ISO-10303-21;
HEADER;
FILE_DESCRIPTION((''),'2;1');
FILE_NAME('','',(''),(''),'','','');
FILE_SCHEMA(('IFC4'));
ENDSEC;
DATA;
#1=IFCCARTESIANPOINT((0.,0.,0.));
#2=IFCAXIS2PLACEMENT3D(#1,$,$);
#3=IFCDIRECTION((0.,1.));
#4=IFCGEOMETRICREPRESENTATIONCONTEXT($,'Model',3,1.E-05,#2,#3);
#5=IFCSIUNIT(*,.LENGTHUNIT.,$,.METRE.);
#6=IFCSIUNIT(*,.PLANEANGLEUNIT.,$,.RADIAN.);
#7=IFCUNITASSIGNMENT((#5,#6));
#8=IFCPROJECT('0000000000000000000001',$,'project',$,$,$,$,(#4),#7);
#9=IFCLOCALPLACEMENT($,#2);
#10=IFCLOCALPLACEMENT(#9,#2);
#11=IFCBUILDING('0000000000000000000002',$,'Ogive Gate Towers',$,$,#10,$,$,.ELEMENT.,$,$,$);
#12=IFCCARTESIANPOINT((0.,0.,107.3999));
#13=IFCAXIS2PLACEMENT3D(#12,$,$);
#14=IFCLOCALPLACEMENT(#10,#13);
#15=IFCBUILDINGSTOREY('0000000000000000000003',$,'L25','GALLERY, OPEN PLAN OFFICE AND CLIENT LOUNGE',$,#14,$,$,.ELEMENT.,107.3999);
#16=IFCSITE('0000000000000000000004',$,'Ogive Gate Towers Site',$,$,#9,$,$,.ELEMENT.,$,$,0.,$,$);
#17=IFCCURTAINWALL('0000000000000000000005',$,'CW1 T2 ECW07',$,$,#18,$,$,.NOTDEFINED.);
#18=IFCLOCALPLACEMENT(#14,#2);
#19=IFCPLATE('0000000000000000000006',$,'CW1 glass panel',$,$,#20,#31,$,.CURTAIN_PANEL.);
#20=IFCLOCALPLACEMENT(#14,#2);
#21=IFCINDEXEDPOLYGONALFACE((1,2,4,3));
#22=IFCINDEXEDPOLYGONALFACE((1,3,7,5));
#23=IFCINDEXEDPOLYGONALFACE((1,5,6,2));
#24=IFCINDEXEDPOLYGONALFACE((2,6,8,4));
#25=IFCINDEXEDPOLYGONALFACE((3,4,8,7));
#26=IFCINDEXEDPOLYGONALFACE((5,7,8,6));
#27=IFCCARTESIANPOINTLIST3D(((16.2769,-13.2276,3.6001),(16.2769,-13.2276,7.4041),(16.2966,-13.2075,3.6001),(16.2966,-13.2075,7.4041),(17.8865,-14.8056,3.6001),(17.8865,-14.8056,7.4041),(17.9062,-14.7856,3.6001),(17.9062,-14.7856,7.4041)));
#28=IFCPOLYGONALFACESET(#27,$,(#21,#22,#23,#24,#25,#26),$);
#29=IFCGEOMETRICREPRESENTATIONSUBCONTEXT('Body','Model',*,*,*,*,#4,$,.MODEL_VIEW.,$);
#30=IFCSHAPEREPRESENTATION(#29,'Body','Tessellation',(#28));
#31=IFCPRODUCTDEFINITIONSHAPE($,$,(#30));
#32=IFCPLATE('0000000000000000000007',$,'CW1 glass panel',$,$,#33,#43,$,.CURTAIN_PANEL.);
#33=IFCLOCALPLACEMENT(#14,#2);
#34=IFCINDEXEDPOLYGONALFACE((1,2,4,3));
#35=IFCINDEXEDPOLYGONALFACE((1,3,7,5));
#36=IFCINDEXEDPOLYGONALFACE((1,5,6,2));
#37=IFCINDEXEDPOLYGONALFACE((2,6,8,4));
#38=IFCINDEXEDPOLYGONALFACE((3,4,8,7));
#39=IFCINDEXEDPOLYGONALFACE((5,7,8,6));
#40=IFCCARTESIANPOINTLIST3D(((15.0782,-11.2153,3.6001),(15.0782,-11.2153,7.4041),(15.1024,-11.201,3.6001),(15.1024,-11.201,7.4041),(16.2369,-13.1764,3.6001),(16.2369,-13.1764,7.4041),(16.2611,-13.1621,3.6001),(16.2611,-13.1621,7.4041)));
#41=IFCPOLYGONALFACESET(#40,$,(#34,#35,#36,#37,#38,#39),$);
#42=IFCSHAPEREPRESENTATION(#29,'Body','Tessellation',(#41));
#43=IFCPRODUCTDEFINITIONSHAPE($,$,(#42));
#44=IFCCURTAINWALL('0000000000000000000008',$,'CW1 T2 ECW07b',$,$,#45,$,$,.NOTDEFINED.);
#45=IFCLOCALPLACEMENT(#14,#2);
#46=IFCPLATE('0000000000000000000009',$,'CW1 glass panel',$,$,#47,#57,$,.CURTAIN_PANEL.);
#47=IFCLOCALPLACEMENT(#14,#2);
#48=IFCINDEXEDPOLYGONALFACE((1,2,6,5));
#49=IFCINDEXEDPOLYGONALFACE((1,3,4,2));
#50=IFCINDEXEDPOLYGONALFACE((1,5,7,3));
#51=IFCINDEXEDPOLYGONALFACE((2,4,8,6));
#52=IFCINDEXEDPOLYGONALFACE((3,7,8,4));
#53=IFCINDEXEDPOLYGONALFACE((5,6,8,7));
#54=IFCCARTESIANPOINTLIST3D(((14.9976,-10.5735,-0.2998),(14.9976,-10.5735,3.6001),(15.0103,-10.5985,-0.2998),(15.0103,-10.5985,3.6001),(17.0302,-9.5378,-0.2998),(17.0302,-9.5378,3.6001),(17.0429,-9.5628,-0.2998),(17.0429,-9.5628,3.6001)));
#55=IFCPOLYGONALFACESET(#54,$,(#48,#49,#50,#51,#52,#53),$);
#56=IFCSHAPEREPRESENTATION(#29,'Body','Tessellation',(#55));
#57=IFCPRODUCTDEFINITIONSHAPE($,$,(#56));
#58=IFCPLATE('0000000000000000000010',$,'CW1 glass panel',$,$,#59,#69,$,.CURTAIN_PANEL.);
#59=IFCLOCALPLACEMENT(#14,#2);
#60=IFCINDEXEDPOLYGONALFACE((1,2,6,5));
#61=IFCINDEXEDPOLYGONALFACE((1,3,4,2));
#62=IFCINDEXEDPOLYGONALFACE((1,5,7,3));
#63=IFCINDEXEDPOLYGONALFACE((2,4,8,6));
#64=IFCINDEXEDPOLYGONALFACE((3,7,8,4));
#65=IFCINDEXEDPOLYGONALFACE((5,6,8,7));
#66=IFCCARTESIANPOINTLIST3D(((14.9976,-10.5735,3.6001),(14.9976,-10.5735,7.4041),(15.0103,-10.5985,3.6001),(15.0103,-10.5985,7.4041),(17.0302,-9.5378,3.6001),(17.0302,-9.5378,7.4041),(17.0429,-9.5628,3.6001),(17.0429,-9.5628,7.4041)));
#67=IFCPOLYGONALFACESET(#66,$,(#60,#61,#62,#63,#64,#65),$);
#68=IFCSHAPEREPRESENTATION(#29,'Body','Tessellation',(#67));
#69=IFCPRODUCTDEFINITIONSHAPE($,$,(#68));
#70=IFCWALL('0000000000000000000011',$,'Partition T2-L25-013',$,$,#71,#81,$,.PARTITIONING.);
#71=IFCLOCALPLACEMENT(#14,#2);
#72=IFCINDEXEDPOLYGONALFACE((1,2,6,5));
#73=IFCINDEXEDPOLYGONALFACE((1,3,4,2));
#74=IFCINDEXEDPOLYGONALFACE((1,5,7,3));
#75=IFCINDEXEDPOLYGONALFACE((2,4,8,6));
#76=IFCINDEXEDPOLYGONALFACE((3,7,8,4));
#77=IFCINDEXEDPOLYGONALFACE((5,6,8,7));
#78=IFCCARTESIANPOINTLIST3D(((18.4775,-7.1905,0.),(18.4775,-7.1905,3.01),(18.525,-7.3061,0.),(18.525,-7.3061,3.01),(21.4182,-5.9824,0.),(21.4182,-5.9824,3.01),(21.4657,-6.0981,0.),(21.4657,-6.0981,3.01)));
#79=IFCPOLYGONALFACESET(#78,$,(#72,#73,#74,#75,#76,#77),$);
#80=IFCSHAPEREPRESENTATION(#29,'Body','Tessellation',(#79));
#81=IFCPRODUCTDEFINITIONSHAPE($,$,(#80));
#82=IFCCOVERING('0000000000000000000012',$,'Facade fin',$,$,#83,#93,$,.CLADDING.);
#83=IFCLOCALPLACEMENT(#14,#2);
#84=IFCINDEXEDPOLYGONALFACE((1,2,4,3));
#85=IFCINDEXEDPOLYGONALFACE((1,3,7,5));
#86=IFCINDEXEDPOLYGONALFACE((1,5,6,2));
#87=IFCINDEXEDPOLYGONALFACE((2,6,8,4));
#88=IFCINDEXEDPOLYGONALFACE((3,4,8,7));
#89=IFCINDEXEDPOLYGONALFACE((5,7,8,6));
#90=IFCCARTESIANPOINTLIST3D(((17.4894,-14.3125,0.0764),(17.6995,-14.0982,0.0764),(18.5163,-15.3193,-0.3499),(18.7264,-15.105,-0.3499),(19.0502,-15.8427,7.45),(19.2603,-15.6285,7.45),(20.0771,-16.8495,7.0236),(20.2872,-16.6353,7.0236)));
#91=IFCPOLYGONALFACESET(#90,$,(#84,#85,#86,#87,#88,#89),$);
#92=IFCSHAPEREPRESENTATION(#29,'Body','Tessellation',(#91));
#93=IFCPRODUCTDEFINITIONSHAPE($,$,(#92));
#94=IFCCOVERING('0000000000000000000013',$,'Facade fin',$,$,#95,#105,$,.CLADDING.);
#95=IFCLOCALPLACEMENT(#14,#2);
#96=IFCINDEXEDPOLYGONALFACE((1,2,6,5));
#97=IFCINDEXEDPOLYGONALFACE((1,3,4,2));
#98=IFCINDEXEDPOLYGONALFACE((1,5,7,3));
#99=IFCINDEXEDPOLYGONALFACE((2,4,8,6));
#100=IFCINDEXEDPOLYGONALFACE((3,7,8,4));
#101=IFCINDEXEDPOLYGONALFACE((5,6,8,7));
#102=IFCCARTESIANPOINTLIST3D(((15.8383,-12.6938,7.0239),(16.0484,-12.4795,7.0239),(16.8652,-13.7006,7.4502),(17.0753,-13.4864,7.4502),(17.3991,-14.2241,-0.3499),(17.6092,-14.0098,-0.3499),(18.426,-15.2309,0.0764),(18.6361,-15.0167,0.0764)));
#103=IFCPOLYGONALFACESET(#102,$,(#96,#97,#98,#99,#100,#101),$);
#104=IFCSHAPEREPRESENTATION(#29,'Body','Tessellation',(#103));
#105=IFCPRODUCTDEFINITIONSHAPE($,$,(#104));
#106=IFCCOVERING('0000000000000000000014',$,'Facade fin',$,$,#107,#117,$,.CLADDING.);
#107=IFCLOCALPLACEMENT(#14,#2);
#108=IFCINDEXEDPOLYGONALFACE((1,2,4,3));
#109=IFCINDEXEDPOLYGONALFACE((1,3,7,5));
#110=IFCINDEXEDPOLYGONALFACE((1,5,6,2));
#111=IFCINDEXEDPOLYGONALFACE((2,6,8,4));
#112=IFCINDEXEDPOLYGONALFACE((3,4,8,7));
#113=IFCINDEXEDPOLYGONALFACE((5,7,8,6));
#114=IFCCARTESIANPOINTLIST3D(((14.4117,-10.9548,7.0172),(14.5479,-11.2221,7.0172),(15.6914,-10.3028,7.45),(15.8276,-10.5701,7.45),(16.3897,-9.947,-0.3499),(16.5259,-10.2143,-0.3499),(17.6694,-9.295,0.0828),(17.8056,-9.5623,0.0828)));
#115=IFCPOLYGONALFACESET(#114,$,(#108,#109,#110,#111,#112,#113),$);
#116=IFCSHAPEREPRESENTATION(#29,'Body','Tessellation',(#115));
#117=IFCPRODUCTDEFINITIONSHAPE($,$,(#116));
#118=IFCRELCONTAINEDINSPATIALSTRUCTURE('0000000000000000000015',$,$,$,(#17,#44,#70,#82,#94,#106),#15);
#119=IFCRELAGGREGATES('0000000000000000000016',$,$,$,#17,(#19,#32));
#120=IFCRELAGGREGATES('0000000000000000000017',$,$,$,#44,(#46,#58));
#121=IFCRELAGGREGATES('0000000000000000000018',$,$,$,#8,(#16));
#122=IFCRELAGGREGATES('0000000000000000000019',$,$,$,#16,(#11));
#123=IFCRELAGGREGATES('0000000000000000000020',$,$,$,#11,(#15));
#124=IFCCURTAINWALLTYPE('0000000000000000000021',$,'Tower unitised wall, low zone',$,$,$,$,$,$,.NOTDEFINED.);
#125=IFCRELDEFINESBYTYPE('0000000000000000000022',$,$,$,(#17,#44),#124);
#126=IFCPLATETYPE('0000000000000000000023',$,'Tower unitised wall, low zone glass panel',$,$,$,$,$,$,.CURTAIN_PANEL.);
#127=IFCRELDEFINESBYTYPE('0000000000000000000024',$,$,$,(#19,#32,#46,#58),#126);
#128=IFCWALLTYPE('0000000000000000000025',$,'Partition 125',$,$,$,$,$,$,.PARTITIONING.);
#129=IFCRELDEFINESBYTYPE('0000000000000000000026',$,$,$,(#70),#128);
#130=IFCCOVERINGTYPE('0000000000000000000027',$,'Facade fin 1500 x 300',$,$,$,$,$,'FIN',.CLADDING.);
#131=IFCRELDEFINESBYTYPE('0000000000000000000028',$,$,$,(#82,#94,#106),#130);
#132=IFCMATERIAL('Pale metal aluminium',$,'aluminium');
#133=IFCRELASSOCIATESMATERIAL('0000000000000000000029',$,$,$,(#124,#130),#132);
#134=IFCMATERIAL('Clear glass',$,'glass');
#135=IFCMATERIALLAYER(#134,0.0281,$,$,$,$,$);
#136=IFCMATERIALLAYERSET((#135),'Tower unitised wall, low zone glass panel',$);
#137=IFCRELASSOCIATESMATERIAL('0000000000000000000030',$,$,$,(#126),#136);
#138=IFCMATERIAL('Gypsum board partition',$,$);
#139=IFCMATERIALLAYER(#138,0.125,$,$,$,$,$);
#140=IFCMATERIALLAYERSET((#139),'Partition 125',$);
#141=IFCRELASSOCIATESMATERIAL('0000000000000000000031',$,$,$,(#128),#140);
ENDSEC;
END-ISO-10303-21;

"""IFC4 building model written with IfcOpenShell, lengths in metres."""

from ifc_helpers import new_model, si_unit, direction, frame, frame_2d, origin, origin_2d, place, context, subcontext, project, spatial, rectangle, extrude, material, layer, layer_set, material_profile, profile_set, type_object, element, aggregate, save


model = new_model("IFC4")

# Units and contexts
model_context = context("Model", 3, precision=1e-05, world=origin(), true_north=direction((0.0, 1.0)))
body_context = subcontext(model_context, "Body", "Model", "MODEL_VIEW")
ifc_project = project(units=[si_unit("LENGTHUNIT", "METRE"), si_unit("PLANEANGLEUNIT", "RADIAN")], contexts=[model_context])

# Site, building, storey
site_placement = place(None, origin())
site = spatial("IfcSite", under=ifc_project, at=site_placement, Name="Ogive Gate Towers Site", CompositionType="ELEMENT", RefElevation=0.0)
building_placement = place(site_placement, origin())
building = spatial("IfcBuilding", under=site, at=building_placement, Name="Ogive Gate Towers", CompositionType="ELEMENT")
storey_placement = place(building_placement, frame((0.0, 0.0, 107.3999)))
storey = spatial("IfcBuildingStorey", under=building, at=storey_placement, Name="L25", Description="GALLERY, OPEN PLAN OFFICE AND CLIENT LOUNGE", CompositionType="ELEMENT", Elevation=107.3999)

# Curtain wall
ifc_material_1 = material(Name="Pale metal aluminium", Category="aluminium")
curtain_wall_type_1 = type_object("IfcCurtainWallType", Name="Tower unitised wall, low zone", PredefinedType="NOTDEFINED", material=ifc_material_1)
curtain_wall_1_placement = place(storey_placement, origin())
curtain_wall_1 = element("IfcCurtainWall", 1, at=curtain_wall_1_placement, inside=storey, type_object=curtain_wall_type_1, Name="CW1 T2 ECW07", PredefinedType="NOTDEFINED")

# Plates
ifc_material_2 = material(Name="Clear glass", Category="glass")
ifc_layer_1 = layer(ifc_material_2, 0.0281)
ifc_layer_set_1 = layer_set([ifc_layer_1], Name="Tower unitised wall, low zone glass panel")
plate_type_1 = type_object("IfcPlateType", Name="Tower unitised wall, low zone glass panel", PredefinedType="CURTAIN_PANEL", material=ifc_layer_set_1)
plate_1_placement = place(storey_placement, frame((17.0916, -14.0066, 3.6001), z_axis=(0.0, 0.0, 1.0), x_axis=(-0.714082, 0.700062, 0.0)))
plate_1 = element("IfcPlate", 2, at=plate_1_placement, type_object=plate_type_1, Name="CW1 glass panel", PredefinedType="CURTAIN_PANEL", context=body_context, shape_type="SweptSolid", body=[
    extrude(rectangle(XDim=2.2542, YDim=0.0281, at=origin_2d()), origin(), (0.0, 0.0, 1.0), 3.804),
])
plate_2_placement = place(storey_placement, frame((15.6697, -12.1887, 3.6001), z_axis=(0.0, 0.0, 1.0), x_axis=(-0.508681, 0.860955, 0.0)))
plate_2 = element("IfcPlate", 3, at=plate_2_placement, type_object=plate_type_1, Name="CW1 glass panel", PredefinedType="CURTAIN_PANEL", context=body_context, shape_type="SweptSolid", body=[
    extrude(rectangle(XDim=2.2778, YDim=0.0281, at=origin_2d()), origin(), (0.0, 0.0, 1.0), 3.804),
])
aggregate(curtain_wall_1, [plate_1, plate_2])

# Curtain wall, plates
curtain_wall_2_placement = place(storey_placement, origin())
curtain_wall_2 = element("IfcCurtainWall", 4, at=curtain_wall_2_placement, inside=storey, type_object=curtain_wall_type_1, Name="CW1 T2 ECW07b", PredefinedType="NOTDEFINED")
plate_3_placement = place(storey_placement, frame((16.0203, -10.0681, -0.2998), z_axis=(0.0, 0.0, 1.0), x_axis=(0.890999, 0.454006, 0.0)))
plate_3 = element("IfcPlate", 5, at=plate_3_placement, type_object=plate_type_1, Name="CW1 glass panel", PredefinedType="CURTAIN_PANEL", context=body_context, shape_type="SweptSolid", body=[
    extrude(rectangle(XDim=2.2812, YDim=0.0281, at=origin_2d()), origin(), (0.0, 0.0, 1.0), 3.8999),
])
plate_4_placement = place(storey_placement, frame((16.0203, -10.0681, 3.6001), z_axis=(0.0, 0.0, 1.0), x_axis=(0.890999, 0.454006, 0.0)))
plate_4 = element("IfcPlate", 6, at=plate_4_placement, type_object=plate_type_1, Name="CW1 glass panel", PredefinedType="CURTAIN_PANEL", context=body_context, shape_type="SweptSolid", body=[
    extrude(rectangle(XDim=2.2812, YDim=0.0281, at=origin_2d()), origin(), (0.0, 0.0, 1.0), 3.804),
])
aggregate(curtain_wall_2, [plate_3, plate_4])

# Wall
ifc_material_3 = material(Name="Gypsum board partition")
ifc_layer_2 = layer(ifc_material_3, 0.125)
ifc_layer_set_2 = layer_set([ifc_layer_2], Name="Partition 125")
wall_type = type_object("IfcWallType", Name="Partition 125", PredefinedType="PARTITIONING", material=ifc_layer_set_2)
wall_placement = place(storey_placement, frame((18.5012, -7.2483, 0.0), z_axis=(0.0, 0.0, 1.0), x_axis=(0.924994, 0.379981, 0.0)))
element("IfcWall", 7, at=wall_placement, inside=storey, type_object=wall_type, Name="Partition T2-L25-013", PredefinedType="PARTITIONING", context=body_context, shape_type="SweptSolid", body=[
    extrude(rectangle(XDim=3.1792, YDim=0.125, at=frame_2d((1.5896, 0.0))), origin(), (0.0, 0.0, 1.0), 3.01),
])

# Coverings
ifc_material_profile_1 = material_profile(ifc_material_1, rectangle(XDim=0.3, YDim=1.5, at=origin_2d()), Name="1500 x 300 pale metal aluminium")
ifc_profile_set_1 = profile_set([ifc_material_profile_1], Name="Pale metal aluminium")
covering_type = type_object("IfcCoveringType", Name="Facade fin 1500 x 300", ElementType="FIN", PredefinedType="CLADDING", material=ifc_profile_set_1)
covering_1_placement = place(storey_placement, frame((18.1079, -14.7087, -0.1367), z_axis=(0.202945, -0.198977, 0.95876), x_axis=(0.700092, 0.714053, 0.0)))
element("IfcCovering", 8, at=covering_1_placement, inside=storey, type_object=covering_type, Name="Facade fin", PredefinedType="CLADDING", context=body_context, shape_type="SweptSolid", body=[
    extrude(rectangle(XDim=0.3, YDim=1.5, at=origin_2d()), origin(), (0.0, 0.0, 1.0), 7.6907),
])
covering_2_placement = place(storey_placement, frame((18.0176, -14.6204, -0.1367), z_axis=(-0.202939, 0.198971, 0.958763), x_axis=(-0.700092, -0.714053, 0.0)))
element("IfcCovering", 9, at=covering_2_placement, inside=storey, type_object=covering_type, Name="Facade fin", PredefinedType="CLADDING", context=body_context, shape_type="SweptSolid", body=[
    extrude(rectangle(XDim=0.3, YDim=1.5, at=origin_2d()), origin(), (0.0, 0.0, 1.0), 7.6909),
])
covering_3_placement = place(storey_placement, frame((17.0977, -9.7546, -0.1335), z_axis=(-0.257074, -0.13098, 0.957474), x_axis=(0.453975, -0.891014, 0.0)))
element("IfcCovering", 10, at=covering_3_placement, inside=storey, type_object=covering_type, Name="Facade fin", PredefinedType="CLADDING", context=body_context, shape_type="SweptSolid", body=[
    extrude(rectangle(XDim=0.3, YDim=1.5, at=origin_2d()), origin(), (0.0, 0.0, 1.0), 7.6943),
])

save(model, "model.ifc")
